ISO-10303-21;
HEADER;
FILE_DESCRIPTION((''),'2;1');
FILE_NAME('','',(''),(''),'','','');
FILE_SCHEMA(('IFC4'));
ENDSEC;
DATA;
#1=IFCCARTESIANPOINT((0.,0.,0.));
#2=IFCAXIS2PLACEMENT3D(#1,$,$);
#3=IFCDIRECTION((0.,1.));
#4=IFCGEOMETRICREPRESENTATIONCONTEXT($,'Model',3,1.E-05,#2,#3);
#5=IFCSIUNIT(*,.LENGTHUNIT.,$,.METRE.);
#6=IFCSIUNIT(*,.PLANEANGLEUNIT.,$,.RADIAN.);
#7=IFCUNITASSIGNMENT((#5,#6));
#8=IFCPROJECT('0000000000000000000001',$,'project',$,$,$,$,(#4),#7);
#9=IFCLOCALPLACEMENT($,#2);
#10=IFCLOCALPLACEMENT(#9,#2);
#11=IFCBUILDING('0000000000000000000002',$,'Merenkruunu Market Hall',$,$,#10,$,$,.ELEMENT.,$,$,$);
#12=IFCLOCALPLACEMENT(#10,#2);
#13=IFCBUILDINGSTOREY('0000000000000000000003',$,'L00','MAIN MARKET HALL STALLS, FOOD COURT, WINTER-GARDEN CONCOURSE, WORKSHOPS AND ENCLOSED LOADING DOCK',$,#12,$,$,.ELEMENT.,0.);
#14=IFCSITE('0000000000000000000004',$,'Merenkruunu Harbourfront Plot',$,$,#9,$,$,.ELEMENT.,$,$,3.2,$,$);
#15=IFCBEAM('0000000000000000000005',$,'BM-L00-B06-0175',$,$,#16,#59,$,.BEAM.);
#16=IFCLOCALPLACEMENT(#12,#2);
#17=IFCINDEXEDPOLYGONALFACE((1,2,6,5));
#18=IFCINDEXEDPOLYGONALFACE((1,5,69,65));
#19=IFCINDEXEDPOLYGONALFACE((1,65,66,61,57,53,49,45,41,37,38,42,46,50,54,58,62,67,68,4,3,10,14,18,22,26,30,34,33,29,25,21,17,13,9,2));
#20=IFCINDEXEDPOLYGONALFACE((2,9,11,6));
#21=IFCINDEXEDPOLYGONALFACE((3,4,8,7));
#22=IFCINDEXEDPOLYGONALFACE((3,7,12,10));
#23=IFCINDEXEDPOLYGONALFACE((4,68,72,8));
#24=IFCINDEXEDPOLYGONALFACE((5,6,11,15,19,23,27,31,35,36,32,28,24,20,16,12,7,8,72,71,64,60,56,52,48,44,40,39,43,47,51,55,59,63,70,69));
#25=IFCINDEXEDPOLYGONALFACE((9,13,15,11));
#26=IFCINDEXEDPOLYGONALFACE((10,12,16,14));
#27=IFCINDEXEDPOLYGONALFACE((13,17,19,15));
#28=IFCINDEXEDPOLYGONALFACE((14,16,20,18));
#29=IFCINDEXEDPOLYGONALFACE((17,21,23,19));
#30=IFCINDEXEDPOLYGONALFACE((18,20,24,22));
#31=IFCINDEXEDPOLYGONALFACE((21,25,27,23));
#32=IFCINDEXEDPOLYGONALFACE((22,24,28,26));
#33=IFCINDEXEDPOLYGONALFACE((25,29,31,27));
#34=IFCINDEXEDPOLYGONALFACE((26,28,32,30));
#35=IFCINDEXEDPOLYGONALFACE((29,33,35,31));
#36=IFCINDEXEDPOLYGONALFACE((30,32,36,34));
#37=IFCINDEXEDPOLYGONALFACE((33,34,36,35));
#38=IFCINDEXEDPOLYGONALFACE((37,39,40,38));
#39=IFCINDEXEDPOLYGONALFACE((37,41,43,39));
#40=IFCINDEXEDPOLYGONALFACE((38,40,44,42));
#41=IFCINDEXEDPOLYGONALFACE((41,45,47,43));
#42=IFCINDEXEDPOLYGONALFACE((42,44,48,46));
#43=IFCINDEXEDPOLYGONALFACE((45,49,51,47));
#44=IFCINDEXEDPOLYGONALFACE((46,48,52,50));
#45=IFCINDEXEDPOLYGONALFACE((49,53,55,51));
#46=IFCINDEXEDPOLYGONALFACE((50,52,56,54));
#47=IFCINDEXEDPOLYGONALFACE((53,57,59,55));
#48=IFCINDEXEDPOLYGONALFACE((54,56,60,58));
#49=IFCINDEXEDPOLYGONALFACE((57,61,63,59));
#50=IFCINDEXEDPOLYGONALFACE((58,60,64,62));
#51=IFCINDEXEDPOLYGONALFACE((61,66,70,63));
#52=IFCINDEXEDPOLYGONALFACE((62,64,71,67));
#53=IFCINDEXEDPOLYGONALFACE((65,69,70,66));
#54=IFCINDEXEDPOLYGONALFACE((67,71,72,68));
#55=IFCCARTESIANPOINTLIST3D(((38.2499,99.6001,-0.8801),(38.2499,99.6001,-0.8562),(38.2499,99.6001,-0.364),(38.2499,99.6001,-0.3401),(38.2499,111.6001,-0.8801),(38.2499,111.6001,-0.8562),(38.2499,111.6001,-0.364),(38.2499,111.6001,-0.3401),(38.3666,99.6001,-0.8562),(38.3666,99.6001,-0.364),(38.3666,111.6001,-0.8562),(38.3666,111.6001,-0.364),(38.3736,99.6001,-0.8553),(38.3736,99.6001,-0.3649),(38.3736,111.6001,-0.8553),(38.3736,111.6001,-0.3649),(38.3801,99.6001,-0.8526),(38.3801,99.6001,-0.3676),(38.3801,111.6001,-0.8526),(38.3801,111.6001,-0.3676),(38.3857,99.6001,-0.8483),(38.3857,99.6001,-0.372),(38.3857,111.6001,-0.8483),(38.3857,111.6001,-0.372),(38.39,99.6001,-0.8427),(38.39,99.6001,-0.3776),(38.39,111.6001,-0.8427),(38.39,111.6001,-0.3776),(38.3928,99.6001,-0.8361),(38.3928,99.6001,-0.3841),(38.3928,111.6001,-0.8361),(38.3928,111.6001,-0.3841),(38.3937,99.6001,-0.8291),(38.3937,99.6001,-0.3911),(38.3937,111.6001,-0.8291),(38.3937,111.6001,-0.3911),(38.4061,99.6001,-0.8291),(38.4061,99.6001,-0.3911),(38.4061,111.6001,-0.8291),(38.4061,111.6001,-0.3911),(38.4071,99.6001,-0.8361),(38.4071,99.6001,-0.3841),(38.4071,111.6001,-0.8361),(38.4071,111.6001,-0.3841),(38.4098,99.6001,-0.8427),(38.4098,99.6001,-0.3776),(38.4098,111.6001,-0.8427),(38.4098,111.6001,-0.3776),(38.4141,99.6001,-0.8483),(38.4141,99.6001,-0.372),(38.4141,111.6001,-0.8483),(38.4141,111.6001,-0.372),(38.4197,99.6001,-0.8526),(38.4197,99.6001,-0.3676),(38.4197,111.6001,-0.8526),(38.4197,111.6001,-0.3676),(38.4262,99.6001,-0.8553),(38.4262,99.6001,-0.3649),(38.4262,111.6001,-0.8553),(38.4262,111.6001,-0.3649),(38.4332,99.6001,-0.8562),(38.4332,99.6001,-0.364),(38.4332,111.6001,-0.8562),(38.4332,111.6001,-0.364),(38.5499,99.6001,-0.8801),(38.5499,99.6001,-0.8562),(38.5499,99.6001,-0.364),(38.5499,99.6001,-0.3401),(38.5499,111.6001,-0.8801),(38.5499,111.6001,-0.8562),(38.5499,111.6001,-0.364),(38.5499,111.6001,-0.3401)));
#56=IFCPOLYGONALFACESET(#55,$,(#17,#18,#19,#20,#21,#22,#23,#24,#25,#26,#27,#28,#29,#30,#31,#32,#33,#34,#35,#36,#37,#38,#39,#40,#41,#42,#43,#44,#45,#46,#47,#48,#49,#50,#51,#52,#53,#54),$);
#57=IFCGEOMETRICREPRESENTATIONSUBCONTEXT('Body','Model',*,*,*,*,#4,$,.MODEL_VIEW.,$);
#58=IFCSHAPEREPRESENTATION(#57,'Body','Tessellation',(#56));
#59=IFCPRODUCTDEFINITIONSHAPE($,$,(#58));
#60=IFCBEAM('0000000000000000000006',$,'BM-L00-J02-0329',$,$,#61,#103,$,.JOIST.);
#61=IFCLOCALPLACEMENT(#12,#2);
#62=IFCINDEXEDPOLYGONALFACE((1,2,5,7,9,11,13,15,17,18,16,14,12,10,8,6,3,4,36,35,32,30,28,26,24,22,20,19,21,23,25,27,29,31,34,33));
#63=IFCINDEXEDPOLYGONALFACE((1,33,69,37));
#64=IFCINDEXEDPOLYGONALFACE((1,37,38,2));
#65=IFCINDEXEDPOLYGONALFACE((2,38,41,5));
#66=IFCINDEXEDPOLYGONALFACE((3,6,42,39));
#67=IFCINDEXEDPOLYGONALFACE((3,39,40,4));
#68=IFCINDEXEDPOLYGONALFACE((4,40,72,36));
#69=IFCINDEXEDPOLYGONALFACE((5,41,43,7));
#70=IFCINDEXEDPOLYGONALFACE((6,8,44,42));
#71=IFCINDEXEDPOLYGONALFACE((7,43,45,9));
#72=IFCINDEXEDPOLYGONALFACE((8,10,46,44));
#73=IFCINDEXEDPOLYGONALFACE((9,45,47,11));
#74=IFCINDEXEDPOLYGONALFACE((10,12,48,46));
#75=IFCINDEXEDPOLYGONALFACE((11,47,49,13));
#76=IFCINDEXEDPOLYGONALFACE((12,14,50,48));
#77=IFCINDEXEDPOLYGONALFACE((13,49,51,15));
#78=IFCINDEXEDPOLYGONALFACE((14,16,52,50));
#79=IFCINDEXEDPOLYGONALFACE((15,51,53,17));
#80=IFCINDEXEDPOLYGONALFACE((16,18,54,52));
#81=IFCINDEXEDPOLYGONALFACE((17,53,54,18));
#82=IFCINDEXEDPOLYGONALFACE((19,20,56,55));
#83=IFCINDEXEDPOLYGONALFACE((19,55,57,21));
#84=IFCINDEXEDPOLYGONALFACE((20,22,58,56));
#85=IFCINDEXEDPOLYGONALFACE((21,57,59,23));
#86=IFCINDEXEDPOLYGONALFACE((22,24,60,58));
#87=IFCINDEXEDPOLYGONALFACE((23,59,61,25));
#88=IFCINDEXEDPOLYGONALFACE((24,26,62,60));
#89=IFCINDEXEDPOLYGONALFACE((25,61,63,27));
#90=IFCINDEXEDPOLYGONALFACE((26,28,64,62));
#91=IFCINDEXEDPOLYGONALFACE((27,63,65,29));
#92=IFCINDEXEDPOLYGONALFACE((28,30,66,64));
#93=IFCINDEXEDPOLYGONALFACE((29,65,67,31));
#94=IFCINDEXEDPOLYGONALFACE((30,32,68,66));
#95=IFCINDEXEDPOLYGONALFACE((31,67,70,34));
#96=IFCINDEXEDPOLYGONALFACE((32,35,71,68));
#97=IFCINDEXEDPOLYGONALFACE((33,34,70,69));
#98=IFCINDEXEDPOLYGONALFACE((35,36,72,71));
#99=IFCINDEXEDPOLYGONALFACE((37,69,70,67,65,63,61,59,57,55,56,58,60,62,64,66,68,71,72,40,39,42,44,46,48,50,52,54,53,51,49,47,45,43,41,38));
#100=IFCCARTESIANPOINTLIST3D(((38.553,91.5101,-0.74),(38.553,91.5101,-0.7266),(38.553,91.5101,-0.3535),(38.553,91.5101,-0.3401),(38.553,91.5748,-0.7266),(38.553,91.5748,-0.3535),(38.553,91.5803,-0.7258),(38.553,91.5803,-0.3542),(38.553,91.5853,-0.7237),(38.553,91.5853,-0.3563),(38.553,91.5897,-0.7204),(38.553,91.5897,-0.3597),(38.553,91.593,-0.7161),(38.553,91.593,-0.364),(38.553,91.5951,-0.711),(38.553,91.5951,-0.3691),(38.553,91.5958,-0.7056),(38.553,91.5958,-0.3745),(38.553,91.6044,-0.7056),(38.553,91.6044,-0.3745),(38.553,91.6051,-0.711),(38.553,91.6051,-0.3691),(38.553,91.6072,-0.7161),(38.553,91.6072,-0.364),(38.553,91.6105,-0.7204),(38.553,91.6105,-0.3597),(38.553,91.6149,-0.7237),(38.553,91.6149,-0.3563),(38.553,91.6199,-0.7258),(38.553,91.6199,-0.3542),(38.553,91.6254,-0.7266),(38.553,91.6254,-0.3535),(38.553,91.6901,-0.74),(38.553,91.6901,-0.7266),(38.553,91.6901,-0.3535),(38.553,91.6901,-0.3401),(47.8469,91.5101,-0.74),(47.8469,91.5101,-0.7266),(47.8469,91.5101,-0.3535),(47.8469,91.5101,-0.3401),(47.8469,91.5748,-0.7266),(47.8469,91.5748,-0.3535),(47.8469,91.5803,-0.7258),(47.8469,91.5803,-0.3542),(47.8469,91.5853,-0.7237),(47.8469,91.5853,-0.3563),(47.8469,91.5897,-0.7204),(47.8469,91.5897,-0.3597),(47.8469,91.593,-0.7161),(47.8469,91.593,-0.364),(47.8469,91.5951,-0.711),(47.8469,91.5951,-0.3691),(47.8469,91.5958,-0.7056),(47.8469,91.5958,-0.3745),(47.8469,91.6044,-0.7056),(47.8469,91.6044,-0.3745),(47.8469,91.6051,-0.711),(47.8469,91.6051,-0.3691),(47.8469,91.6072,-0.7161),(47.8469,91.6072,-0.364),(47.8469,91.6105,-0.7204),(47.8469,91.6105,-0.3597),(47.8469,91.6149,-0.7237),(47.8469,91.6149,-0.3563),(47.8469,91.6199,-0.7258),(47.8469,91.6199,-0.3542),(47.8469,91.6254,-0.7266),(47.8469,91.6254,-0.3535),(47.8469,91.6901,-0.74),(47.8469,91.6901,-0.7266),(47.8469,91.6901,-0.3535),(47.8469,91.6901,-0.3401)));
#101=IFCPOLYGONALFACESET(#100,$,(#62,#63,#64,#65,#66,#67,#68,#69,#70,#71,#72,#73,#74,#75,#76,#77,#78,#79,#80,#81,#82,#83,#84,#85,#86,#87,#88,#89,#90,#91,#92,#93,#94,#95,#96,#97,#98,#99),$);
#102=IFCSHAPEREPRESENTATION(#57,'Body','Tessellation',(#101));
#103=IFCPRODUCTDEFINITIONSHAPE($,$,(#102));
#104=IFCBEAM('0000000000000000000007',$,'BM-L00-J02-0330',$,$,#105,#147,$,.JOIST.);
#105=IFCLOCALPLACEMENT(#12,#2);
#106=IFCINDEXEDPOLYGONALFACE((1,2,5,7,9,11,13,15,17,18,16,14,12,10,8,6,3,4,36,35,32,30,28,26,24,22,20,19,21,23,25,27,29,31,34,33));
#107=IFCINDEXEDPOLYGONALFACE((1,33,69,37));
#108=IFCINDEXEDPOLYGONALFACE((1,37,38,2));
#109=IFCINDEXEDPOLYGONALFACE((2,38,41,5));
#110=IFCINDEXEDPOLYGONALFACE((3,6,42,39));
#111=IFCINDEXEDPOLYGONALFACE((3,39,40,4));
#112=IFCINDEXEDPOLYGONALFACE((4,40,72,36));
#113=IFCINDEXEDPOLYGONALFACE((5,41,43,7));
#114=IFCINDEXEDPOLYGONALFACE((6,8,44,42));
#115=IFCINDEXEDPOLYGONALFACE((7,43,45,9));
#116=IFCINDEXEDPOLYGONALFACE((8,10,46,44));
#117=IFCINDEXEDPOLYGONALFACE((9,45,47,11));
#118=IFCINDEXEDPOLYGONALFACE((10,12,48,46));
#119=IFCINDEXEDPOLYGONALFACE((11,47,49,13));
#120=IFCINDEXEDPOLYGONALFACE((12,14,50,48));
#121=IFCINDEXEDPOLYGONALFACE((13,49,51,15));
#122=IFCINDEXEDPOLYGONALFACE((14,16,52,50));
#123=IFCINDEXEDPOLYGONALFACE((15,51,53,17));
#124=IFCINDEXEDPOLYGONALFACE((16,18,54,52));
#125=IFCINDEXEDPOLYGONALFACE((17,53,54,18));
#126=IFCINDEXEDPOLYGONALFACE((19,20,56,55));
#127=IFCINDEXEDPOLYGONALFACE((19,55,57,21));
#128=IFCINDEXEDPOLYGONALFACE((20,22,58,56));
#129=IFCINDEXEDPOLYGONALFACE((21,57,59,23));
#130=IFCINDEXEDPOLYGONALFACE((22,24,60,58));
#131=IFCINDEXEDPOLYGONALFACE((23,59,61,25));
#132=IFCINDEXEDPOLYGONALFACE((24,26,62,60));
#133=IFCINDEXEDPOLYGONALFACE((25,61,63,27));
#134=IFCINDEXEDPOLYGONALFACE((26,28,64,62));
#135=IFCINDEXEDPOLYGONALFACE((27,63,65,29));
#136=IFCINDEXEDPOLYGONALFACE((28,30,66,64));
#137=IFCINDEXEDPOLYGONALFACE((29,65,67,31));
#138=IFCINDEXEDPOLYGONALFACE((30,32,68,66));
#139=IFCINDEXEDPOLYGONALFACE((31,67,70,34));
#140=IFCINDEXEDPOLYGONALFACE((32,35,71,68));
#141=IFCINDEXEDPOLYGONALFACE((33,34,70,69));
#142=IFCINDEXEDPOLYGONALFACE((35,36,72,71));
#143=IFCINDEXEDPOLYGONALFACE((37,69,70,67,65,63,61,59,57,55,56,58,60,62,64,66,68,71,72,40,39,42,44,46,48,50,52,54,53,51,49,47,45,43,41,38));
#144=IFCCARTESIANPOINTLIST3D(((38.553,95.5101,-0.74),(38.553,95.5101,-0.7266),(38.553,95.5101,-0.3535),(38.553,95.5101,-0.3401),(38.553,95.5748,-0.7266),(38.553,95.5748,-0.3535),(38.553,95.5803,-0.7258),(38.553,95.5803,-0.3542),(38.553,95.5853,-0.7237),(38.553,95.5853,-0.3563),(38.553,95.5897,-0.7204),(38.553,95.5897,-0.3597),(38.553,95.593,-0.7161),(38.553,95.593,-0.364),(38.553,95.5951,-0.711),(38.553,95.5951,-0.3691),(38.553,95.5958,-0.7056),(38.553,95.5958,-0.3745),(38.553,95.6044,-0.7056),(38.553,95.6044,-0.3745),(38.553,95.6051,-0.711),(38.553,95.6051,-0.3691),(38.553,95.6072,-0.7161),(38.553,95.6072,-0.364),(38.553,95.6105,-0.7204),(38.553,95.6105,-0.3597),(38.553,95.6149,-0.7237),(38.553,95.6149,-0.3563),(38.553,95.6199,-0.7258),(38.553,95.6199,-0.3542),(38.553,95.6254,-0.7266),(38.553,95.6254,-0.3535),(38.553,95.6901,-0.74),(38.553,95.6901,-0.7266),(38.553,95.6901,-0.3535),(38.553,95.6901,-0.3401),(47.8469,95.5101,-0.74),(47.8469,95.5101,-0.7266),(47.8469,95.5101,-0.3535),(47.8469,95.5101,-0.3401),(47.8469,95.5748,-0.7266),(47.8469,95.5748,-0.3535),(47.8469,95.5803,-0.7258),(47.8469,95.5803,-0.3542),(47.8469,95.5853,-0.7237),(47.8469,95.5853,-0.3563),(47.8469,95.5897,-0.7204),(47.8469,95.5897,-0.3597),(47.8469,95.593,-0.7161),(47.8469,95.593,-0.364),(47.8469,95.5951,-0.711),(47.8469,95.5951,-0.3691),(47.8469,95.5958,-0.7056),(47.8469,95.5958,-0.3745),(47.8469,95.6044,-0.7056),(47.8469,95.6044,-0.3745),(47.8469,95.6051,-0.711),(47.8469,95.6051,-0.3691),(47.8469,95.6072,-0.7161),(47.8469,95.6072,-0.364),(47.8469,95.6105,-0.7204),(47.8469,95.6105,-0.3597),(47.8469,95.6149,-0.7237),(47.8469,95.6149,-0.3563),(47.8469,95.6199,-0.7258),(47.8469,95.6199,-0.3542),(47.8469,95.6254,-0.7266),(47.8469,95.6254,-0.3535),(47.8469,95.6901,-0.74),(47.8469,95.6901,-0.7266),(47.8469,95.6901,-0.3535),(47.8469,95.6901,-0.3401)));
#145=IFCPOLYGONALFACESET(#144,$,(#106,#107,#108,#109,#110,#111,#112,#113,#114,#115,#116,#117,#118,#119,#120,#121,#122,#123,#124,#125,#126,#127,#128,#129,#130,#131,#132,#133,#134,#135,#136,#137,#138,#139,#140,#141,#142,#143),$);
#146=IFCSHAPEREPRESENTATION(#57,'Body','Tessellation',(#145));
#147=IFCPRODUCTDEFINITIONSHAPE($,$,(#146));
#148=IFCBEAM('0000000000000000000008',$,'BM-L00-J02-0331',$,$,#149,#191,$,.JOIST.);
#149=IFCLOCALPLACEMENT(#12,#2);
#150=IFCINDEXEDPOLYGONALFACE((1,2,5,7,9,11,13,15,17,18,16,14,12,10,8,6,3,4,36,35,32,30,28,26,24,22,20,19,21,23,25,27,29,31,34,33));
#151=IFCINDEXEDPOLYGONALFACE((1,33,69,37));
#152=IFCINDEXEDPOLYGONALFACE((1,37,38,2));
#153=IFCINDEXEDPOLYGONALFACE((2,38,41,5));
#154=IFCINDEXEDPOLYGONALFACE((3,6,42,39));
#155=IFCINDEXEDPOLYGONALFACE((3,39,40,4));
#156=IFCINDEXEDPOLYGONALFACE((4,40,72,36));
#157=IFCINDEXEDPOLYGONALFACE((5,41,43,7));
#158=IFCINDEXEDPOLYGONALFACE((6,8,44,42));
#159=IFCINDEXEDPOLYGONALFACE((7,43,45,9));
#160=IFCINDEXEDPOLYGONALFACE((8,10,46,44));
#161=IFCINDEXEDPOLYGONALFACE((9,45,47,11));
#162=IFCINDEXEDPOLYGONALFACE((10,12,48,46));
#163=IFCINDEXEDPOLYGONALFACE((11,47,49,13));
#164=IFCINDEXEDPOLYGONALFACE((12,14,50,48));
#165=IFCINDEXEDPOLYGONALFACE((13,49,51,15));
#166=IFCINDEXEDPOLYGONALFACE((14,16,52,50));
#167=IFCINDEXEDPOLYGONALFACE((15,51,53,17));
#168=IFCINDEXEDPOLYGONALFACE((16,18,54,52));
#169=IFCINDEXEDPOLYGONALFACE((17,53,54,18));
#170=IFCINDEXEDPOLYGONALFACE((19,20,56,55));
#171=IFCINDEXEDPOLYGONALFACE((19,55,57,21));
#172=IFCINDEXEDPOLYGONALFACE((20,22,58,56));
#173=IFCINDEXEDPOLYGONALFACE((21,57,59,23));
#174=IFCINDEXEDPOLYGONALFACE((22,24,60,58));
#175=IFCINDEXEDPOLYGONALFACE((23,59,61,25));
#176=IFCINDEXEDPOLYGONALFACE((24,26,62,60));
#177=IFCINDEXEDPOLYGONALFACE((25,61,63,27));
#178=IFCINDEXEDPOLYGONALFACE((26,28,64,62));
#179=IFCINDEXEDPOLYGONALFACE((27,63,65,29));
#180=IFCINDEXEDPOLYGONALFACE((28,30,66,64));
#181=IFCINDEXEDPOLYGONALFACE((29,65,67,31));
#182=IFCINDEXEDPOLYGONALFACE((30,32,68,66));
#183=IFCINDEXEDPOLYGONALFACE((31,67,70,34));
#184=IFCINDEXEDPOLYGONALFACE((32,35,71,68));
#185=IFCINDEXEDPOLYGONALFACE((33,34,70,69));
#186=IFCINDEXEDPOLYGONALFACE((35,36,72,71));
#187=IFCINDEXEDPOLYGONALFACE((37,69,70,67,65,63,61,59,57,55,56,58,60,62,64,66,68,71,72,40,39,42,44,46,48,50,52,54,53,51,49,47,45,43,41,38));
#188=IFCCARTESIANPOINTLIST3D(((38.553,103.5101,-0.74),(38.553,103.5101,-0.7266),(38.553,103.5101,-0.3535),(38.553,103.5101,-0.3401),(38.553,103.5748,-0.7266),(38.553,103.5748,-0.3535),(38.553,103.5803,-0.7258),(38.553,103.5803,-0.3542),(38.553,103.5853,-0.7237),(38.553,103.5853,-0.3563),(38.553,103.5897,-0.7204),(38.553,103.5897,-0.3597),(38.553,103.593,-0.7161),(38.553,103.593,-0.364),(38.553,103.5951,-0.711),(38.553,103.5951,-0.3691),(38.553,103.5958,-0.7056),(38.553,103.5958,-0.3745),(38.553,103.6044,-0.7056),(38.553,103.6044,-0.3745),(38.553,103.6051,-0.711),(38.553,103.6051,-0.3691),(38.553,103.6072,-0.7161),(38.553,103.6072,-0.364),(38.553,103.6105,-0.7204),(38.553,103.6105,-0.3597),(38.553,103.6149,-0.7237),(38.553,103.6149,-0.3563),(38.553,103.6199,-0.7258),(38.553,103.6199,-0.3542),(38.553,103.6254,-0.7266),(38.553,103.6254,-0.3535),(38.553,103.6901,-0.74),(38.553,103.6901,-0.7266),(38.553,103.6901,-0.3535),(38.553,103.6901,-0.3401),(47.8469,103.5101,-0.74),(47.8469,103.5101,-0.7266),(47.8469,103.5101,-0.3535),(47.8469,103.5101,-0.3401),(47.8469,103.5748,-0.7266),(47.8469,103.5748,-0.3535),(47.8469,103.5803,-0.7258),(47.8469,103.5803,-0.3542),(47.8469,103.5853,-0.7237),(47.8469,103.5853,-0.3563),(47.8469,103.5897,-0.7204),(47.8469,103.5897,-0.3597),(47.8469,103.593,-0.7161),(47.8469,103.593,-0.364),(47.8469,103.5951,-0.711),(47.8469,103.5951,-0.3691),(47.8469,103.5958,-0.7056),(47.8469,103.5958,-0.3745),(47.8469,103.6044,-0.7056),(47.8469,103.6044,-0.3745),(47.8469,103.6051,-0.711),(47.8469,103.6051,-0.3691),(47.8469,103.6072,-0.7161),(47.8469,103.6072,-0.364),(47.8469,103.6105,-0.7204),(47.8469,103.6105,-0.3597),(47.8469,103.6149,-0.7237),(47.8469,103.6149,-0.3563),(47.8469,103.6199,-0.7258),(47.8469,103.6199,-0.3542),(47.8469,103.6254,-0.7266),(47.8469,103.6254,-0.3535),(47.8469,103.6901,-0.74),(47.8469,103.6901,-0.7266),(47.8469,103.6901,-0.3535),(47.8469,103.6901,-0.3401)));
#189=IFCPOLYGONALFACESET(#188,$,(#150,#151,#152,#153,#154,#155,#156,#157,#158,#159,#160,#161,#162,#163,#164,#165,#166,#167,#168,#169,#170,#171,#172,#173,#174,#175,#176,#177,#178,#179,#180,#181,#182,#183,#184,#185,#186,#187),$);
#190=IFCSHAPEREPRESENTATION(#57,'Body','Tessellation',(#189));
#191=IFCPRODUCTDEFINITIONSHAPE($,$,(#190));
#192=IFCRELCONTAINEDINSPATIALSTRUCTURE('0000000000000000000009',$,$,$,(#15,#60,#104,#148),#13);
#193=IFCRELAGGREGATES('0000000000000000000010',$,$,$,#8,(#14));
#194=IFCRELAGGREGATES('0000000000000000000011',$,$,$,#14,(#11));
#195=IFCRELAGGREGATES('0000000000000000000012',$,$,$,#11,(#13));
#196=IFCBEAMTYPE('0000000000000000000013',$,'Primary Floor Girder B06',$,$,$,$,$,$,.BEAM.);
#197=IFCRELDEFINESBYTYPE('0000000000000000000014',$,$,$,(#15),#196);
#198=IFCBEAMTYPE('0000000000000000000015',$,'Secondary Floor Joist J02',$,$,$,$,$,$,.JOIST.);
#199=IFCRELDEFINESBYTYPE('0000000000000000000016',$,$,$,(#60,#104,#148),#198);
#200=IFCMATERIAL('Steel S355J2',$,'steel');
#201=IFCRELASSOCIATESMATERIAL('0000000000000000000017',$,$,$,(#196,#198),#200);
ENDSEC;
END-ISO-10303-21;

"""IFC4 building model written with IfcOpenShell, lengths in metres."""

from ifc_helpers import new_model, si_unit, direction, frame, origin, origin_2d, place, context, subcontext, project, spatial, i_section, extrude, material, material_profile, profile_set, type_object, element, save


model = new_model("IFC4")

# Units and contexts
model_context = context("Model", 3, precision=1e-05, world=origin(), true_north=direction((0.0, 1.0)))
body_context = subcontext(model_context, "Body", "Model", "MODEL_VIEW")
ifc_project = project(units=[si_unit("LENGTHUNIT", "METRE"), si_unit("PLANEANGLEUNIT", "RADIAN")], contexts=[model_context])

# Site, building, storey
site_placement = place(None, origin())
site = spatial("IfcSite", under=ifc_project, at=site_placement, Name="Merenkruunu Harbourfront Plot", CompositionType="ELEMENT", RefElevation=3.2)
building_placement = place(site_placement, origin())
building = spatial("IfcBuilding", under=site, at=building_placement, Name="Merenkruunu Market Hall", CompositionType="ELEMENT")
storey_placement = place(building_placement, origin())
storey = spatial("IfcBuildingStorey", under=building, at=storey_placement, Name="L00", Description="MAIN MARKET HALL STALLS, FOOD COURT, WINTER-GARDEN CONCOURSE, WORKSHOPS AND ENCLOSED LOADING DOCK", CompositionType="ELEMENT", Elevation=0.0)

# Shared definitions
ifc_material_1 = material(Name="Steel S355J2", Category="steel")

# Beams
ifc_material_profile_1 = material_profile(ifc_material_1, i_section(OverallWidth=0.3, OverallDepth=0.54, WebThickness=0.0125, FlangeThickness=0.0239, FilletRadius=0.0271, at=origin_2d()), Name="HEA 550")
ifc_profile_set_1 = profile_set([ifc_material_profile_1], Name="Steel S355J2")
beam_type_1 = type_object("IfcBeamType", Name="Primary Floor Girder B06", PredefinedType="BEAM", material=ifc_profile_set_1)
beam_1_placement = place(storey_placement, frame((38.3999, 99.6001, -0.6101), z_axis=(0.0, 1.0, 0.0), x_axis=(-1.0, 0.0, 0.0)))
element("IfcBeam", 1, at=beam_1_placement, inside=storey, type_object=beam_type_1, Name="BM-L00-B06-0175", PredefinedType="BEAM", context=body_context, shape_type="SweptSolid", body=[
    extrude(i_section(OverallWidth=0.3, OverallDepth=0.54, WebThickness=0.0125, FlangeThickness=0.0239, FilletRadius=0.0271, at=origin_2d()), origin(), (0.0, 0.0, 1.0), 12.0),
])
ifc_material_profile_2 = material_profile(ifc_material_1, i_section(OverallWidth=0.1799, OverallDepth=0.3999, WebThickness=0.0085, FlangeThickness=0.0134, FilletRadius=0.021, at=origin_2d()), Name="IPE 400")
ifc_profile_set_2 = profile_set([ifc_material_profile_2], Name="Steel S355J2")
beam_type_2 = type_object("IfcBeamType", Name="Secondary Floor Joist J02", PredefinedType="JOIST", material=ifc_profile_set_2)
for number, where, z_axis, x_axis, name in (
    (2, (38.553, 91.6001, -0.54), (1.0, 0.0, 0.0), (0.0, 1.0, 0.0), "BM-L00-J02-0329"),
    (3, (38.553, 95.6001, -0.54), (1.0, 0.0, 0.0), (0.0, 1.0, 0.0), "BM-L00-J02-0330"),
    (4, (38.553, 103.6001, -0.54), (1.0, 0.0, 0.0), (0.0, 1.0, 0.0), "BM-L00-J02-0331"),
):
    element("IfcBeam", number, at=place(storey_placement, frame(where, z_axis=z_axis, x_axis=x_axis)), inside=storey, type_object=beam_type_2, Name=name, PredefinedType="JOIST", context=body_context, shape_type="SweptSolid", body=[
        extrude(i_section(OverallWidth=0.1799, OverallDepth=0.3999, WebThickness=0.0085, FlangeThickness=0.0134, FilletRadius=0.021, at=origin_2d()), origin(), (0.0, 0.0, 1.0), 9.2939),
    ])

save(model, "model.ifc")
